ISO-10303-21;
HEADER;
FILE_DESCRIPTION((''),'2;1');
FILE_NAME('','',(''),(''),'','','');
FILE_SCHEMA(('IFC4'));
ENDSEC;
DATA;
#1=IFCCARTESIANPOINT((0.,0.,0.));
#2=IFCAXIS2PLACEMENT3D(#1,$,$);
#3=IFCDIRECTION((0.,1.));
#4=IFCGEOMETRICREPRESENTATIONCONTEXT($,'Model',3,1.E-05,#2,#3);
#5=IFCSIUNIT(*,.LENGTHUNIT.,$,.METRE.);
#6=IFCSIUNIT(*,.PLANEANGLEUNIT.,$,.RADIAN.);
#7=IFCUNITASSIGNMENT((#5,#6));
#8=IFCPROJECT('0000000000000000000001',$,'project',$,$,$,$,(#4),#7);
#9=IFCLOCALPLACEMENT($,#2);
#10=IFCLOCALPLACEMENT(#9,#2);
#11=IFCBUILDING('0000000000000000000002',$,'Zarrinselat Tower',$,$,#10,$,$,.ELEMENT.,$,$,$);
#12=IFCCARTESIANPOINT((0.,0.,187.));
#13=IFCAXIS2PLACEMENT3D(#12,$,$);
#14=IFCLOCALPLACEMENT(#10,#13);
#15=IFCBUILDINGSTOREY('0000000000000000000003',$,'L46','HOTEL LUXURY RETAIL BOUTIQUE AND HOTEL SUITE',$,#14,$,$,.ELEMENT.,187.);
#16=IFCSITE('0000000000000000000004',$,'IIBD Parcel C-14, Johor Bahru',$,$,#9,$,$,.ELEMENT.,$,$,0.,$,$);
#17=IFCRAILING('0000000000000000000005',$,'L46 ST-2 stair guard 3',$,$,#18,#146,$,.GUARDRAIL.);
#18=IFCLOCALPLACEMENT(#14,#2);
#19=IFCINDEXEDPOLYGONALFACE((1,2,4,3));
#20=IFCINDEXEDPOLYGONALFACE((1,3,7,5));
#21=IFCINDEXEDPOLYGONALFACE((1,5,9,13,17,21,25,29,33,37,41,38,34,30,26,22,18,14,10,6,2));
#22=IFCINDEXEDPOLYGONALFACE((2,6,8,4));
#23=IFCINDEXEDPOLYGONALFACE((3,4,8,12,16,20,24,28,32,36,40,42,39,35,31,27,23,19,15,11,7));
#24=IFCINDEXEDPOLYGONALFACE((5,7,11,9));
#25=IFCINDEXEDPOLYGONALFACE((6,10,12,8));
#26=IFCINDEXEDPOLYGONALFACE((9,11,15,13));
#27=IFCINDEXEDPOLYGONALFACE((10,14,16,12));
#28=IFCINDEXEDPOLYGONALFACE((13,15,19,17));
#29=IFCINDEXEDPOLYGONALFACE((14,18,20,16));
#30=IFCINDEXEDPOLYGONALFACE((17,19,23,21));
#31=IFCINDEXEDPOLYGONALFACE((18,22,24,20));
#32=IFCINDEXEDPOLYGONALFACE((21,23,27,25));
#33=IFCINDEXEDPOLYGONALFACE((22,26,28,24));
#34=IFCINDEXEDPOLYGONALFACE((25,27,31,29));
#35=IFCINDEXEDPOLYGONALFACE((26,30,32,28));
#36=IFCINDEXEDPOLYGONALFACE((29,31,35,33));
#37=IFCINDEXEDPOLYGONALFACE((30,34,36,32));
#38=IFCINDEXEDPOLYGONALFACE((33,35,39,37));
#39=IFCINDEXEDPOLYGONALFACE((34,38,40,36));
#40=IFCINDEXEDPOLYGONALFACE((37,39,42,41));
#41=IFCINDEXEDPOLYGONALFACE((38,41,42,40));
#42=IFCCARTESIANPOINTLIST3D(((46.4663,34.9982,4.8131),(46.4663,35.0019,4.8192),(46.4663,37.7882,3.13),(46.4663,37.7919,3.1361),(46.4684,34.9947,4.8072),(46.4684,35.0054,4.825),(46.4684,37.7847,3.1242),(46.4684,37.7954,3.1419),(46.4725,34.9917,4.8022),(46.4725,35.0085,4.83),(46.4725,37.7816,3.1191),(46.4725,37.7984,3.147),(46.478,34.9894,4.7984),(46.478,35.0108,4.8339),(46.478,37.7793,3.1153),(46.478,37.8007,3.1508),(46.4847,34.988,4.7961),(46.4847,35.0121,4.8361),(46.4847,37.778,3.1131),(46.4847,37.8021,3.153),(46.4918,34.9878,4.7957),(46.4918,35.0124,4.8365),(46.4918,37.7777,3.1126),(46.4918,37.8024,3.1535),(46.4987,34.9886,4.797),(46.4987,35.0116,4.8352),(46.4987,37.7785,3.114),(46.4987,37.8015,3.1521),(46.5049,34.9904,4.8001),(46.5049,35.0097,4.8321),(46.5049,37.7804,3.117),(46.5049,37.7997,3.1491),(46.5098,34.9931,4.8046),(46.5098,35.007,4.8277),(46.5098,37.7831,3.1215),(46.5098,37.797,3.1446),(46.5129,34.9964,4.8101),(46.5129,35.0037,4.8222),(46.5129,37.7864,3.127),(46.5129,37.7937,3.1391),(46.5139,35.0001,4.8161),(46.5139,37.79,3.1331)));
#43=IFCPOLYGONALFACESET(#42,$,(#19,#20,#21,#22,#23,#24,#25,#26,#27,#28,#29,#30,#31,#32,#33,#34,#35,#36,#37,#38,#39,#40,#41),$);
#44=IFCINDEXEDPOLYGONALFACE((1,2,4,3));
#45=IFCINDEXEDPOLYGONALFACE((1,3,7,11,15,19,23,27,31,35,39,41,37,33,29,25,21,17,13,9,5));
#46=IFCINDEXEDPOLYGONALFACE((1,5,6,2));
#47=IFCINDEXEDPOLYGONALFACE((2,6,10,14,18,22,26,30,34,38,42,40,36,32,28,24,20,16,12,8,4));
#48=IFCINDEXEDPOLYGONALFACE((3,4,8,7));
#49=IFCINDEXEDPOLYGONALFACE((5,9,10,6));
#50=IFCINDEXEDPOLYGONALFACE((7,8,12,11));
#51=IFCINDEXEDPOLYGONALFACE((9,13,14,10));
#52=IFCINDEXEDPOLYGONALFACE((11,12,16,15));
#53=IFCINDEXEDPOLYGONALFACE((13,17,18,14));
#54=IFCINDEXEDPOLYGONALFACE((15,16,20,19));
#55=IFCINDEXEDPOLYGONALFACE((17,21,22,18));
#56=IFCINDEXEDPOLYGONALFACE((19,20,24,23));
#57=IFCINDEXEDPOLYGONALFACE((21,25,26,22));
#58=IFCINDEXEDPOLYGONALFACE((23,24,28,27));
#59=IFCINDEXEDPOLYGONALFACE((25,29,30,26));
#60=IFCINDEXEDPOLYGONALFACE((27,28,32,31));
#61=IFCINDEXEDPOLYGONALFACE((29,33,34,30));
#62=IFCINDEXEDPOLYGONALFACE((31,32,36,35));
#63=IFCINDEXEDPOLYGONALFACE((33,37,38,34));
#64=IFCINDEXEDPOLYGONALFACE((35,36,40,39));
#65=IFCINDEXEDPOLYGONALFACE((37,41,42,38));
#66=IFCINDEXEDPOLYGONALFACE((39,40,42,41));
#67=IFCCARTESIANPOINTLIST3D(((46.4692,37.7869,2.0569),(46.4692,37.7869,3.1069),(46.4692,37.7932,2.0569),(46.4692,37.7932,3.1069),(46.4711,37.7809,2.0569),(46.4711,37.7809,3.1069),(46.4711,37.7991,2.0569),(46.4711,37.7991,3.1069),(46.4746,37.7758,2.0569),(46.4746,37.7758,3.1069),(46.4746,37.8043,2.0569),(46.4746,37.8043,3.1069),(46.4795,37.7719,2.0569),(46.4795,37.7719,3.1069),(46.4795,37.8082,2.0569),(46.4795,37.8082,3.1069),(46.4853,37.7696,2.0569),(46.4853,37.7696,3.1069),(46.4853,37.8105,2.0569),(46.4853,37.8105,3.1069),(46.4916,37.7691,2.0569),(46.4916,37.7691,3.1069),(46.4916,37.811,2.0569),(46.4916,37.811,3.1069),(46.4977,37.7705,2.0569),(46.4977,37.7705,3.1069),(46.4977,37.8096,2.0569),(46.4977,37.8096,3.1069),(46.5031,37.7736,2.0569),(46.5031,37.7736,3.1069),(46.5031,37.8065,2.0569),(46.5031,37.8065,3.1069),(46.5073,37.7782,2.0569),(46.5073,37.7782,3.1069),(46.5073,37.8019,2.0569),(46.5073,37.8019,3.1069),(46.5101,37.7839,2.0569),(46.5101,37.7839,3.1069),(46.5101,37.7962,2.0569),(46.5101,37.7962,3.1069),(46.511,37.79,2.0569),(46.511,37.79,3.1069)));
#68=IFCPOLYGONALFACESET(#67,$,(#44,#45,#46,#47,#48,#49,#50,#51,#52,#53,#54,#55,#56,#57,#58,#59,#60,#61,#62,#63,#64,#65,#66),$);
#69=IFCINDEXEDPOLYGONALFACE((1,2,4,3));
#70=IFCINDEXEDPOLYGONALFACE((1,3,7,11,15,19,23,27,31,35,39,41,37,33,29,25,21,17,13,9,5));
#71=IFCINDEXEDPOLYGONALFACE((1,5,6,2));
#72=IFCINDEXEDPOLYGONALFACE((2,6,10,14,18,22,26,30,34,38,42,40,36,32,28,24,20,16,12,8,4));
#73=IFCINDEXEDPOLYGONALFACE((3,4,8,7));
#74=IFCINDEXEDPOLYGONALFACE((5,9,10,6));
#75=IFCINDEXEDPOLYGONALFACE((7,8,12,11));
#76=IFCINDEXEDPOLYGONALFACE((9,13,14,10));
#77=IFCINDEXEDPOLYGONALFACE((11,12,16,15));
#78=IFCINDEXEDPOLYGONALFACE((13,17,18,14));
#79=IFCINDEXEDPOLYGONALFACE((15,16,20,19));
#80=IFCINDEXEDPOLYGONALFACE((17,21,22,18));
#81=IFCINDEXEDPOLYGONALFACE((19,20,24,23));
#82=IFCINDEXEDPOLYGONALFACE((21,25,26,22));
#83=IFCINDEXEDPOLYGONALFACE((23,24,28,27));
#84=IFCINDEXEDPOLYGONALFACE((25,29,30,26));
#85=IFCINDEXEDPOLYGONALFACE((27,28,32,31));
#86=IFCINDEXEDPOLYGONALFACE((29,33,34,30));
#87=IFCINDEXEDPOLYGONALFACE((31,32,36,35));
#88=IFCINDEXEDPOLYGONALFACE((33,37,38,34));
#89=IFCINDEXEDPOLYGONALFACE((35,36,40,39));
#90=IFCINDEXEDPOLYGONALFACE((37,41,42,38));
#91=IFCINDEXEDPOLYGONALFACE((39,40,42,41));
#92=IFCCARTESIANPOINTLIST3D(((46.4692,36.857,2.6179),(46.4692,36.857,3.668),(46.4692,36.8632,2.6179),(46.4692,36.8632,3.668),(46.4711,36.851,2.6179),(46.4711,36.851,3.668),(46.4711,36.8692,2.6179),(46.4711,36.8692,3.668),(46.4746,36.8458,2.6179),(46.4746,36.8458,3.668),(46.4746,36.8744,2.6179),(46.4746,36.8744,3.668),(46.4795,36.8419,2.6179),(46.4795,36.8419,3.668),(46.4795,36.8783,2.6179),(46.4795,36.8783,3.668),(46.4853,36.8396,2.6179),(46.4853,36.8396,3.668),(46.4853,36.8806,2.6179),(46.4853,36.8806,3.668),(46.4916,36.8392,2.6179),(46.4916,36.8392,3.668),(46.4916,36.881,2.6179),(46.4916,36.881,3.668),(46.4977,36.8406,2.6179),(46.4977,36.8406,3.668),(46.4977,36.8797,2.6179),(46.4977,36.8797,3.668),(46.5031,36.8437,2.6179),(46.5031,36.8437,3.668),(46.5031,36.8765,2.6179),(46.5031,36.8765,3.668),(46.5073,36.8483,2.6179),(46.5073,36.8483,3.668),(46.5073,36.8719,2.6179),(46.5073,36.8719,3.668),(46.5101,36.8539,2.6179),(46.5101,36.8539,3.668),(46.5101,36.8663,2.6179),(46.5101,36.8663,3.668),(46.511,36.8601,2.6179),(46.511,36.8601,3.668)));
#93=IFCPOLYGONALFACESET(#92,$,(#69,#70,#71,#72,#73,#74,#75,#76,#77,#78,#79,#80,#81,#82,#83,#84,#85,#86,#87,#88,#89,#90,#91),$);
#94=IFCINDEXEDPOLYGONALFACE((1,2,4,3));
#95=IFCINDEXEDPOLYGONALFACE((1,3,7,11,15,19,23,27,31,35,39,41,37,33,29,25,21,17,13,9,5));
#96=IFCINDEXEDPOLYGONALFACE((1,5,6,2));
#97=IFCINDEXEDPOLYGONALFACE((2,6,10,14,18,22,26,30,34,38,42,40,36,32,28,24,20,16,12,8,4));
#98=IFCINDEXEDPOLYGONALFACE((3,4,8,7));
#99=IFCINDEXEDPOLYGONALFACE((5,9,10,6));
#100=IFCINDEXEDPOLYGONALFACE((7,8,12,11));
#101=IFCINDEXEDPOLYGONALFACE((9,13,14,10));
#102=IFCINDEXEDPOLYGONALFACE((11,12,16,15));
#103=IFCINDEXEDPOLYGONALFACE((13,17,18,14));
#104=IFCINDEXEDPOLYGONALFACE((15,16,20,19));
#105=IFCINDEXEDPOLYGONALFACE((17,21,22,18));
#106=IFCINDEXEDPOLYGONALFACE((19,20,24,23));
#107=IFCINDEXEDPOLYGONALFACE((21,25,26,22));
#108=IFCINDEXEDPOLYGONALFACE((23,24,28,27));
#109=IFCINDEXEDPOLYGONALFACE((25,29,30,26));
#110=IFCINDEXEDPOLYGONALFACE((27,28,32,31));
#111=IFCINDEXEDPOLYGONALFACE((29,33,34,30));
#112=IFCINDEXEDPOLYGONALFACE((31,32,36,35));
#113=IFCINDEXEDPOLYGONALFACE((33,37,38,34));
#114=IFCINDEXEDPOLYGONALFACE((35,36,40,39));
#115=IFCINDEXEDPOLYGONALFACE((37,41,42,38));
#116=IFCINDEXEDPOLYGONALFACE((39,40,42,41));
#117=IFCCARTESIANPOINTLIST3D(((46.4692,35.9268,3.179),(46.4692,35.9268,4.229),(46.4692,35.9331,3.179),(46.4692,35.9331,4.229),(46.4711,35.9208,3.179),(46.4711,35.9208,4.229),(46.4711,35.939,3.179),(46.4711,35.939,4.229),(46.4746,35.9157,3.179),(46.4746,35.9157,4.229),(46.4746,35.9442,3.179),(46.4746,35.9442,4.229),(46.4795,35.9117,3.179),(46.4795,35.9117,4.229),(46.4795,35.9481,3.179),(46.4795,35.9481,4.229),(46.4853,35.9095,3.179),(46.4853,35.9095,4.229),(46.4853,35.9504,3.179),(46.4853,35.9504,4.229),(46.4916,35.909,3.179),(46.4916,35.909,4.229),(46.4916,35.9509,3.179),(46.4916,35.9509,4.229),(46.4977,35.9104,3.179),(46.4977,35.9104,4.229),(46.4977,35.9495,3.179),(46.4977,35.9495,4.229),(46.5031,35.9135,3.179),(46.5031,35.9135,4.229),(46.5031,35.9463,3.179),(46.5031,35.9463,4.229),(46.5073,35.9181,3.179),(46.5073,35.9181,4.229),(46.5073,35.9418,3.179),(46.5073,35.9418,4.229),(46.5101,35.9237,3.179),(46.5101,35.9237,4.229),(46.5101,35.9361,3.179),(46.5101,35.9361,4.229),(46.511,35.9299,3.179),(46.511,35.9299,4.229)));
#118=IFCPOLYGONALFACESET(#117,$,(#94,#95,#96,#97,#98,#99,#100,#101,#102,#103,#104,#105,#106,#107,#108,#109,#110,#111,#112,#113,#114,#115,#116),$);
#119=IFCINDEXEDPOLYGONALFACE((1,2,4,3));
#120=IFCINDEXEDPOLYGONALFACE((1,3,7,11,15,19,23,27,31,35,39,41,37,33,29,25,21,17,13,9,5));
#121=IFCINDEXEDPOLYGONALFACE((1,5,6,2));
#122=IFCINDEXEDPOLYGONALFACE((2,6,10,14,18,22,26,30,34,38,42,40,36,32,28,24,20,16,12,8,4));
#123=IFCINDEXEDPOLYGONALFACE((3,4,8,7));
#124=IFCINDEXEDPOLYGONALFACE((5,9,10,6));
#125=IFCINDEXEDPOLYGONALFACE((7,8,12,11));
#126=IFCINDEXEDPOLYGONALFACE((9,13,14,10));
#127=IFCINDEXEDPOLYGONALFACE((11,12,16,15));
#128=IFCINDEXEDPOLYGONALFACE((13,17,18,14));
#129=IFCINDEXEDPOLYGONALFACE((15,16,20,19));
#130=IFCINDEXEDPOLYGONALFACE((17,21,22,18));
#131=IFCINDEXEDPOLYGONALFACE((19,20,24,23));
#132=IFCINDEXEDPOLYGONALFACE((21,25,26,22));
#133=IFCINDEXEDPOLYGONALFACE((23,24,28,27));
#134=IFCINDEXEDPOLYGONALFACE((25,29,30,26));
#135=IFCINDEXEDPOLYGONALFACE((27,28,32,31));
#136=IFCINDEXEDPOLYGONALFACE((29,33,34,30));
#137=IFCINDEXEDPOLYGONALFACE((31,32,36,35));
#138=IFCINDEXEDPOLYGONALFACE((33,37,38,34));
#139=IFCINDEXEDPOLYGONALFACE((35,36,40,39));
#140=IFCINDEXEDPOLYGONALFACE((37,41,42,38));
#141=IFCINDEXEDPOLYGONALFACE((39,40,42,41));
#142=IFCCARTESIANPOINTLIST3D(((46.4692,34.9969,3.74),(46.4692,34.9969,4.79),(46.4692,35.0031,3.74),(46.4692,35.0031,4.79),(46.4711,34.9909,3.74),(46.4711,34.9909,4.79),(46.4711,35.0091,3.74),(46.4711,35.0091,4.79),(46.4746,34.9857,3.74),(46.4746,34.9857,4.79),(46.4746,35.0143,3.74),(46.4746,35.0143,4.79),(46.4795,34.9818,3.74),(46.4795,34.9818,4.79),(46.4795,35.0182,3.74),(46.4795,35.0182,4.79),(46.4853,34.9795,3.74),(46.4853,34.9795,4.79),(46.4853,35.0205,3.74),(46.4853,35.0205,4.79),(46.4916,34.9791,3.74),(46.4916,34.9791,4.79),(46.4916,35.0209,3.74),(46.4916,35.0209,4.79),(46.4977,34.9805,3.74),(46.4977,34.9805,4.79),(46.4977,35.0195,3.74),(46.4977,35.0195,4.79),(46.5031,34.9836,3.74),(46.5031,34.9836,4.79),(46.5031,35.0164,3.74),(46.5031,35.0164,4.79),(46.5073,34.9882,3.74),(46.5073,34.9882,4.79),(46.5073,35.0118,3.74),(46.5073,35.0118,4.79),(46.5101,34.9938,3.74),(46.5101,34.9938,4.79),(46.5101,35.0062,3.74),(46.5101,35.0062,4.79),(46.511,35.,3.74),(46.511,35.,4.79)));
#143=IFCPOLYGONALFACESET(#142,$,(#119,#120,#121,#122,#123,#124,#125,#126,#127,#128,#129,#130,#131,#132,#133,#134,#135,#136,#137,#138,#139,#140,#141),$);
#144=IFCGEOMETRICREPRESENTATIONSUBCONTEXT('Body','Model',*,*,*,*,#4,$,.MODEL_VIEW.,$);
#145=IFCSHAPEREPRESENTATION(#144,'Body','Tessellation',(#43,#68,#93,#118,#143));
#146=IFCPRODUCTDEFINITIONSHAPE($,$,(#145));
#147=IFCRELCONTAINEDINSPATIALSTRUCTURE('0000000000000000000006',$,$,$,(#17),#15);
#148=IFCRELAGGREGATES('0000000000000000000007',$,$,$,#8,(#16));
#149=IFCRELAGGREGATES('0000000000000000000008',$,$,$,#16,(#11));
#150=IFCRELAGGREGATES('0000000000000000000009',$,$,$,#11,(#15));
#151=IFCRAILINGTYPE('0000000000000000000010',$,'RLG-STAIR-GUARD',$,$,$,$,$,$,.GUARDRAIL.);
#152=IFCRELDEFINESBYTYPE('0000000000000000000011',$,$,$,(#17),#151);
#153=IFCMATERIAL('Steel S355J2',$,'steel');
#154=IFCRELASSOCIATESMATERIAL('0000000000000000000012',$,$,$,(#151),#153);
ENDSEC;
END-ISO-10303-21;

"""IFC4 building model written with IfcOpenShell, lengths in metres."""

from ifc_helpers import new_model, si_unit, direction, frame, origin, origin_2d, place, context, subcontext, project, spatial, circle, extrude, material, type_object, element, save


model = new_model("IFC4")

# Units and contexts
model_context = context("Model", 3, precision=1e-05, world=origin(), true_north=direction((0.0, 1.0)))
body_context = subcontext(model_context, "Body", "Model", "MODEL_VIEW")
ifc_project = project(units=[si_unit("LENGTHUNIT", "METRE"), si_unit("PLANEANGLEUNIT", "RADIAN")], contexts=[model_context])

# Site, building, storey
site_placement = place(None, origin())
site = spatial("IfcSite", under=ifc_project, at=site_placement, Name="IIBD Parcel C-14, Johor Bahru", CompositionType="ELEMENT", RefElevation=0.0)
building_placement = place(site_placement, origin())
building = spatial("IfcBuilding", under=site, at=building_placement, Name="Zarrinselat Tower", CompositionType="ELEMENT")
storey_placement = place(building_placement, frame((0.0, 0.0, 187.0)))
storey = spatial("IfcBuildingStorey", under=building, at=storey_placement, Name="L46", Description="HOTEL LUXURY RETAIL BOUTIQUE AND HOTEL SUITE", CompositionType="ELEMENT", Elevation=187.0)

# Railing
ifc_material_1 = material(Name="Steel S355J2", Category="steel")
railing_type_1 = type_object("IfcRailingType", Name="RLG-STAIR-GUARD", PredefinedType="GUARDRAIL", material=ifc_material_1)
railing_1_placement = place(storey_placement, frame((46.49, 37.79, 2.0569)))
element("IfcRailing", 1, at=railing_1_placement, inside=storey, type_object=railing_type_1, Name="L46 ST-2 stair guard 3", PredefinedType="GUARDRAIL", context=body_context, shape_type="SweptSolid", body=[
    extrude(circle(Radius=0.0239, at=origin_2d()), frame((0.0, 0.0, 1.0762), z_axis=(0.0, -0.856261, 0.516544), x_axis=(1.0, 0.0, 0.0)), (0.0, 0.0, 1.0), 3.2583),
    extrude(circle(Radius=0.021, at=origin_2d()), origin(), (0.0, 0.0, 1.0), 1.05),
    extrude(circle(Radius=0.021, at=origin_2d()), frame((0.0, -0.9299, 0.561)), (0.0, 0.0, 1.0), 1.05),
    extrude(circle(Radius=0.021, at=origin_2d()), frame((0.0, -1.8601, 1.1221)), (0.0, 0.0, 1.0), 1.05),
    extrude(circle(Radius=0.021, at=origin_2d()), frame((0.0, -2.79, 1.6831)), (0.0, 0.0, 1.0), 1.05),
])

save(model, "model.ifc")
